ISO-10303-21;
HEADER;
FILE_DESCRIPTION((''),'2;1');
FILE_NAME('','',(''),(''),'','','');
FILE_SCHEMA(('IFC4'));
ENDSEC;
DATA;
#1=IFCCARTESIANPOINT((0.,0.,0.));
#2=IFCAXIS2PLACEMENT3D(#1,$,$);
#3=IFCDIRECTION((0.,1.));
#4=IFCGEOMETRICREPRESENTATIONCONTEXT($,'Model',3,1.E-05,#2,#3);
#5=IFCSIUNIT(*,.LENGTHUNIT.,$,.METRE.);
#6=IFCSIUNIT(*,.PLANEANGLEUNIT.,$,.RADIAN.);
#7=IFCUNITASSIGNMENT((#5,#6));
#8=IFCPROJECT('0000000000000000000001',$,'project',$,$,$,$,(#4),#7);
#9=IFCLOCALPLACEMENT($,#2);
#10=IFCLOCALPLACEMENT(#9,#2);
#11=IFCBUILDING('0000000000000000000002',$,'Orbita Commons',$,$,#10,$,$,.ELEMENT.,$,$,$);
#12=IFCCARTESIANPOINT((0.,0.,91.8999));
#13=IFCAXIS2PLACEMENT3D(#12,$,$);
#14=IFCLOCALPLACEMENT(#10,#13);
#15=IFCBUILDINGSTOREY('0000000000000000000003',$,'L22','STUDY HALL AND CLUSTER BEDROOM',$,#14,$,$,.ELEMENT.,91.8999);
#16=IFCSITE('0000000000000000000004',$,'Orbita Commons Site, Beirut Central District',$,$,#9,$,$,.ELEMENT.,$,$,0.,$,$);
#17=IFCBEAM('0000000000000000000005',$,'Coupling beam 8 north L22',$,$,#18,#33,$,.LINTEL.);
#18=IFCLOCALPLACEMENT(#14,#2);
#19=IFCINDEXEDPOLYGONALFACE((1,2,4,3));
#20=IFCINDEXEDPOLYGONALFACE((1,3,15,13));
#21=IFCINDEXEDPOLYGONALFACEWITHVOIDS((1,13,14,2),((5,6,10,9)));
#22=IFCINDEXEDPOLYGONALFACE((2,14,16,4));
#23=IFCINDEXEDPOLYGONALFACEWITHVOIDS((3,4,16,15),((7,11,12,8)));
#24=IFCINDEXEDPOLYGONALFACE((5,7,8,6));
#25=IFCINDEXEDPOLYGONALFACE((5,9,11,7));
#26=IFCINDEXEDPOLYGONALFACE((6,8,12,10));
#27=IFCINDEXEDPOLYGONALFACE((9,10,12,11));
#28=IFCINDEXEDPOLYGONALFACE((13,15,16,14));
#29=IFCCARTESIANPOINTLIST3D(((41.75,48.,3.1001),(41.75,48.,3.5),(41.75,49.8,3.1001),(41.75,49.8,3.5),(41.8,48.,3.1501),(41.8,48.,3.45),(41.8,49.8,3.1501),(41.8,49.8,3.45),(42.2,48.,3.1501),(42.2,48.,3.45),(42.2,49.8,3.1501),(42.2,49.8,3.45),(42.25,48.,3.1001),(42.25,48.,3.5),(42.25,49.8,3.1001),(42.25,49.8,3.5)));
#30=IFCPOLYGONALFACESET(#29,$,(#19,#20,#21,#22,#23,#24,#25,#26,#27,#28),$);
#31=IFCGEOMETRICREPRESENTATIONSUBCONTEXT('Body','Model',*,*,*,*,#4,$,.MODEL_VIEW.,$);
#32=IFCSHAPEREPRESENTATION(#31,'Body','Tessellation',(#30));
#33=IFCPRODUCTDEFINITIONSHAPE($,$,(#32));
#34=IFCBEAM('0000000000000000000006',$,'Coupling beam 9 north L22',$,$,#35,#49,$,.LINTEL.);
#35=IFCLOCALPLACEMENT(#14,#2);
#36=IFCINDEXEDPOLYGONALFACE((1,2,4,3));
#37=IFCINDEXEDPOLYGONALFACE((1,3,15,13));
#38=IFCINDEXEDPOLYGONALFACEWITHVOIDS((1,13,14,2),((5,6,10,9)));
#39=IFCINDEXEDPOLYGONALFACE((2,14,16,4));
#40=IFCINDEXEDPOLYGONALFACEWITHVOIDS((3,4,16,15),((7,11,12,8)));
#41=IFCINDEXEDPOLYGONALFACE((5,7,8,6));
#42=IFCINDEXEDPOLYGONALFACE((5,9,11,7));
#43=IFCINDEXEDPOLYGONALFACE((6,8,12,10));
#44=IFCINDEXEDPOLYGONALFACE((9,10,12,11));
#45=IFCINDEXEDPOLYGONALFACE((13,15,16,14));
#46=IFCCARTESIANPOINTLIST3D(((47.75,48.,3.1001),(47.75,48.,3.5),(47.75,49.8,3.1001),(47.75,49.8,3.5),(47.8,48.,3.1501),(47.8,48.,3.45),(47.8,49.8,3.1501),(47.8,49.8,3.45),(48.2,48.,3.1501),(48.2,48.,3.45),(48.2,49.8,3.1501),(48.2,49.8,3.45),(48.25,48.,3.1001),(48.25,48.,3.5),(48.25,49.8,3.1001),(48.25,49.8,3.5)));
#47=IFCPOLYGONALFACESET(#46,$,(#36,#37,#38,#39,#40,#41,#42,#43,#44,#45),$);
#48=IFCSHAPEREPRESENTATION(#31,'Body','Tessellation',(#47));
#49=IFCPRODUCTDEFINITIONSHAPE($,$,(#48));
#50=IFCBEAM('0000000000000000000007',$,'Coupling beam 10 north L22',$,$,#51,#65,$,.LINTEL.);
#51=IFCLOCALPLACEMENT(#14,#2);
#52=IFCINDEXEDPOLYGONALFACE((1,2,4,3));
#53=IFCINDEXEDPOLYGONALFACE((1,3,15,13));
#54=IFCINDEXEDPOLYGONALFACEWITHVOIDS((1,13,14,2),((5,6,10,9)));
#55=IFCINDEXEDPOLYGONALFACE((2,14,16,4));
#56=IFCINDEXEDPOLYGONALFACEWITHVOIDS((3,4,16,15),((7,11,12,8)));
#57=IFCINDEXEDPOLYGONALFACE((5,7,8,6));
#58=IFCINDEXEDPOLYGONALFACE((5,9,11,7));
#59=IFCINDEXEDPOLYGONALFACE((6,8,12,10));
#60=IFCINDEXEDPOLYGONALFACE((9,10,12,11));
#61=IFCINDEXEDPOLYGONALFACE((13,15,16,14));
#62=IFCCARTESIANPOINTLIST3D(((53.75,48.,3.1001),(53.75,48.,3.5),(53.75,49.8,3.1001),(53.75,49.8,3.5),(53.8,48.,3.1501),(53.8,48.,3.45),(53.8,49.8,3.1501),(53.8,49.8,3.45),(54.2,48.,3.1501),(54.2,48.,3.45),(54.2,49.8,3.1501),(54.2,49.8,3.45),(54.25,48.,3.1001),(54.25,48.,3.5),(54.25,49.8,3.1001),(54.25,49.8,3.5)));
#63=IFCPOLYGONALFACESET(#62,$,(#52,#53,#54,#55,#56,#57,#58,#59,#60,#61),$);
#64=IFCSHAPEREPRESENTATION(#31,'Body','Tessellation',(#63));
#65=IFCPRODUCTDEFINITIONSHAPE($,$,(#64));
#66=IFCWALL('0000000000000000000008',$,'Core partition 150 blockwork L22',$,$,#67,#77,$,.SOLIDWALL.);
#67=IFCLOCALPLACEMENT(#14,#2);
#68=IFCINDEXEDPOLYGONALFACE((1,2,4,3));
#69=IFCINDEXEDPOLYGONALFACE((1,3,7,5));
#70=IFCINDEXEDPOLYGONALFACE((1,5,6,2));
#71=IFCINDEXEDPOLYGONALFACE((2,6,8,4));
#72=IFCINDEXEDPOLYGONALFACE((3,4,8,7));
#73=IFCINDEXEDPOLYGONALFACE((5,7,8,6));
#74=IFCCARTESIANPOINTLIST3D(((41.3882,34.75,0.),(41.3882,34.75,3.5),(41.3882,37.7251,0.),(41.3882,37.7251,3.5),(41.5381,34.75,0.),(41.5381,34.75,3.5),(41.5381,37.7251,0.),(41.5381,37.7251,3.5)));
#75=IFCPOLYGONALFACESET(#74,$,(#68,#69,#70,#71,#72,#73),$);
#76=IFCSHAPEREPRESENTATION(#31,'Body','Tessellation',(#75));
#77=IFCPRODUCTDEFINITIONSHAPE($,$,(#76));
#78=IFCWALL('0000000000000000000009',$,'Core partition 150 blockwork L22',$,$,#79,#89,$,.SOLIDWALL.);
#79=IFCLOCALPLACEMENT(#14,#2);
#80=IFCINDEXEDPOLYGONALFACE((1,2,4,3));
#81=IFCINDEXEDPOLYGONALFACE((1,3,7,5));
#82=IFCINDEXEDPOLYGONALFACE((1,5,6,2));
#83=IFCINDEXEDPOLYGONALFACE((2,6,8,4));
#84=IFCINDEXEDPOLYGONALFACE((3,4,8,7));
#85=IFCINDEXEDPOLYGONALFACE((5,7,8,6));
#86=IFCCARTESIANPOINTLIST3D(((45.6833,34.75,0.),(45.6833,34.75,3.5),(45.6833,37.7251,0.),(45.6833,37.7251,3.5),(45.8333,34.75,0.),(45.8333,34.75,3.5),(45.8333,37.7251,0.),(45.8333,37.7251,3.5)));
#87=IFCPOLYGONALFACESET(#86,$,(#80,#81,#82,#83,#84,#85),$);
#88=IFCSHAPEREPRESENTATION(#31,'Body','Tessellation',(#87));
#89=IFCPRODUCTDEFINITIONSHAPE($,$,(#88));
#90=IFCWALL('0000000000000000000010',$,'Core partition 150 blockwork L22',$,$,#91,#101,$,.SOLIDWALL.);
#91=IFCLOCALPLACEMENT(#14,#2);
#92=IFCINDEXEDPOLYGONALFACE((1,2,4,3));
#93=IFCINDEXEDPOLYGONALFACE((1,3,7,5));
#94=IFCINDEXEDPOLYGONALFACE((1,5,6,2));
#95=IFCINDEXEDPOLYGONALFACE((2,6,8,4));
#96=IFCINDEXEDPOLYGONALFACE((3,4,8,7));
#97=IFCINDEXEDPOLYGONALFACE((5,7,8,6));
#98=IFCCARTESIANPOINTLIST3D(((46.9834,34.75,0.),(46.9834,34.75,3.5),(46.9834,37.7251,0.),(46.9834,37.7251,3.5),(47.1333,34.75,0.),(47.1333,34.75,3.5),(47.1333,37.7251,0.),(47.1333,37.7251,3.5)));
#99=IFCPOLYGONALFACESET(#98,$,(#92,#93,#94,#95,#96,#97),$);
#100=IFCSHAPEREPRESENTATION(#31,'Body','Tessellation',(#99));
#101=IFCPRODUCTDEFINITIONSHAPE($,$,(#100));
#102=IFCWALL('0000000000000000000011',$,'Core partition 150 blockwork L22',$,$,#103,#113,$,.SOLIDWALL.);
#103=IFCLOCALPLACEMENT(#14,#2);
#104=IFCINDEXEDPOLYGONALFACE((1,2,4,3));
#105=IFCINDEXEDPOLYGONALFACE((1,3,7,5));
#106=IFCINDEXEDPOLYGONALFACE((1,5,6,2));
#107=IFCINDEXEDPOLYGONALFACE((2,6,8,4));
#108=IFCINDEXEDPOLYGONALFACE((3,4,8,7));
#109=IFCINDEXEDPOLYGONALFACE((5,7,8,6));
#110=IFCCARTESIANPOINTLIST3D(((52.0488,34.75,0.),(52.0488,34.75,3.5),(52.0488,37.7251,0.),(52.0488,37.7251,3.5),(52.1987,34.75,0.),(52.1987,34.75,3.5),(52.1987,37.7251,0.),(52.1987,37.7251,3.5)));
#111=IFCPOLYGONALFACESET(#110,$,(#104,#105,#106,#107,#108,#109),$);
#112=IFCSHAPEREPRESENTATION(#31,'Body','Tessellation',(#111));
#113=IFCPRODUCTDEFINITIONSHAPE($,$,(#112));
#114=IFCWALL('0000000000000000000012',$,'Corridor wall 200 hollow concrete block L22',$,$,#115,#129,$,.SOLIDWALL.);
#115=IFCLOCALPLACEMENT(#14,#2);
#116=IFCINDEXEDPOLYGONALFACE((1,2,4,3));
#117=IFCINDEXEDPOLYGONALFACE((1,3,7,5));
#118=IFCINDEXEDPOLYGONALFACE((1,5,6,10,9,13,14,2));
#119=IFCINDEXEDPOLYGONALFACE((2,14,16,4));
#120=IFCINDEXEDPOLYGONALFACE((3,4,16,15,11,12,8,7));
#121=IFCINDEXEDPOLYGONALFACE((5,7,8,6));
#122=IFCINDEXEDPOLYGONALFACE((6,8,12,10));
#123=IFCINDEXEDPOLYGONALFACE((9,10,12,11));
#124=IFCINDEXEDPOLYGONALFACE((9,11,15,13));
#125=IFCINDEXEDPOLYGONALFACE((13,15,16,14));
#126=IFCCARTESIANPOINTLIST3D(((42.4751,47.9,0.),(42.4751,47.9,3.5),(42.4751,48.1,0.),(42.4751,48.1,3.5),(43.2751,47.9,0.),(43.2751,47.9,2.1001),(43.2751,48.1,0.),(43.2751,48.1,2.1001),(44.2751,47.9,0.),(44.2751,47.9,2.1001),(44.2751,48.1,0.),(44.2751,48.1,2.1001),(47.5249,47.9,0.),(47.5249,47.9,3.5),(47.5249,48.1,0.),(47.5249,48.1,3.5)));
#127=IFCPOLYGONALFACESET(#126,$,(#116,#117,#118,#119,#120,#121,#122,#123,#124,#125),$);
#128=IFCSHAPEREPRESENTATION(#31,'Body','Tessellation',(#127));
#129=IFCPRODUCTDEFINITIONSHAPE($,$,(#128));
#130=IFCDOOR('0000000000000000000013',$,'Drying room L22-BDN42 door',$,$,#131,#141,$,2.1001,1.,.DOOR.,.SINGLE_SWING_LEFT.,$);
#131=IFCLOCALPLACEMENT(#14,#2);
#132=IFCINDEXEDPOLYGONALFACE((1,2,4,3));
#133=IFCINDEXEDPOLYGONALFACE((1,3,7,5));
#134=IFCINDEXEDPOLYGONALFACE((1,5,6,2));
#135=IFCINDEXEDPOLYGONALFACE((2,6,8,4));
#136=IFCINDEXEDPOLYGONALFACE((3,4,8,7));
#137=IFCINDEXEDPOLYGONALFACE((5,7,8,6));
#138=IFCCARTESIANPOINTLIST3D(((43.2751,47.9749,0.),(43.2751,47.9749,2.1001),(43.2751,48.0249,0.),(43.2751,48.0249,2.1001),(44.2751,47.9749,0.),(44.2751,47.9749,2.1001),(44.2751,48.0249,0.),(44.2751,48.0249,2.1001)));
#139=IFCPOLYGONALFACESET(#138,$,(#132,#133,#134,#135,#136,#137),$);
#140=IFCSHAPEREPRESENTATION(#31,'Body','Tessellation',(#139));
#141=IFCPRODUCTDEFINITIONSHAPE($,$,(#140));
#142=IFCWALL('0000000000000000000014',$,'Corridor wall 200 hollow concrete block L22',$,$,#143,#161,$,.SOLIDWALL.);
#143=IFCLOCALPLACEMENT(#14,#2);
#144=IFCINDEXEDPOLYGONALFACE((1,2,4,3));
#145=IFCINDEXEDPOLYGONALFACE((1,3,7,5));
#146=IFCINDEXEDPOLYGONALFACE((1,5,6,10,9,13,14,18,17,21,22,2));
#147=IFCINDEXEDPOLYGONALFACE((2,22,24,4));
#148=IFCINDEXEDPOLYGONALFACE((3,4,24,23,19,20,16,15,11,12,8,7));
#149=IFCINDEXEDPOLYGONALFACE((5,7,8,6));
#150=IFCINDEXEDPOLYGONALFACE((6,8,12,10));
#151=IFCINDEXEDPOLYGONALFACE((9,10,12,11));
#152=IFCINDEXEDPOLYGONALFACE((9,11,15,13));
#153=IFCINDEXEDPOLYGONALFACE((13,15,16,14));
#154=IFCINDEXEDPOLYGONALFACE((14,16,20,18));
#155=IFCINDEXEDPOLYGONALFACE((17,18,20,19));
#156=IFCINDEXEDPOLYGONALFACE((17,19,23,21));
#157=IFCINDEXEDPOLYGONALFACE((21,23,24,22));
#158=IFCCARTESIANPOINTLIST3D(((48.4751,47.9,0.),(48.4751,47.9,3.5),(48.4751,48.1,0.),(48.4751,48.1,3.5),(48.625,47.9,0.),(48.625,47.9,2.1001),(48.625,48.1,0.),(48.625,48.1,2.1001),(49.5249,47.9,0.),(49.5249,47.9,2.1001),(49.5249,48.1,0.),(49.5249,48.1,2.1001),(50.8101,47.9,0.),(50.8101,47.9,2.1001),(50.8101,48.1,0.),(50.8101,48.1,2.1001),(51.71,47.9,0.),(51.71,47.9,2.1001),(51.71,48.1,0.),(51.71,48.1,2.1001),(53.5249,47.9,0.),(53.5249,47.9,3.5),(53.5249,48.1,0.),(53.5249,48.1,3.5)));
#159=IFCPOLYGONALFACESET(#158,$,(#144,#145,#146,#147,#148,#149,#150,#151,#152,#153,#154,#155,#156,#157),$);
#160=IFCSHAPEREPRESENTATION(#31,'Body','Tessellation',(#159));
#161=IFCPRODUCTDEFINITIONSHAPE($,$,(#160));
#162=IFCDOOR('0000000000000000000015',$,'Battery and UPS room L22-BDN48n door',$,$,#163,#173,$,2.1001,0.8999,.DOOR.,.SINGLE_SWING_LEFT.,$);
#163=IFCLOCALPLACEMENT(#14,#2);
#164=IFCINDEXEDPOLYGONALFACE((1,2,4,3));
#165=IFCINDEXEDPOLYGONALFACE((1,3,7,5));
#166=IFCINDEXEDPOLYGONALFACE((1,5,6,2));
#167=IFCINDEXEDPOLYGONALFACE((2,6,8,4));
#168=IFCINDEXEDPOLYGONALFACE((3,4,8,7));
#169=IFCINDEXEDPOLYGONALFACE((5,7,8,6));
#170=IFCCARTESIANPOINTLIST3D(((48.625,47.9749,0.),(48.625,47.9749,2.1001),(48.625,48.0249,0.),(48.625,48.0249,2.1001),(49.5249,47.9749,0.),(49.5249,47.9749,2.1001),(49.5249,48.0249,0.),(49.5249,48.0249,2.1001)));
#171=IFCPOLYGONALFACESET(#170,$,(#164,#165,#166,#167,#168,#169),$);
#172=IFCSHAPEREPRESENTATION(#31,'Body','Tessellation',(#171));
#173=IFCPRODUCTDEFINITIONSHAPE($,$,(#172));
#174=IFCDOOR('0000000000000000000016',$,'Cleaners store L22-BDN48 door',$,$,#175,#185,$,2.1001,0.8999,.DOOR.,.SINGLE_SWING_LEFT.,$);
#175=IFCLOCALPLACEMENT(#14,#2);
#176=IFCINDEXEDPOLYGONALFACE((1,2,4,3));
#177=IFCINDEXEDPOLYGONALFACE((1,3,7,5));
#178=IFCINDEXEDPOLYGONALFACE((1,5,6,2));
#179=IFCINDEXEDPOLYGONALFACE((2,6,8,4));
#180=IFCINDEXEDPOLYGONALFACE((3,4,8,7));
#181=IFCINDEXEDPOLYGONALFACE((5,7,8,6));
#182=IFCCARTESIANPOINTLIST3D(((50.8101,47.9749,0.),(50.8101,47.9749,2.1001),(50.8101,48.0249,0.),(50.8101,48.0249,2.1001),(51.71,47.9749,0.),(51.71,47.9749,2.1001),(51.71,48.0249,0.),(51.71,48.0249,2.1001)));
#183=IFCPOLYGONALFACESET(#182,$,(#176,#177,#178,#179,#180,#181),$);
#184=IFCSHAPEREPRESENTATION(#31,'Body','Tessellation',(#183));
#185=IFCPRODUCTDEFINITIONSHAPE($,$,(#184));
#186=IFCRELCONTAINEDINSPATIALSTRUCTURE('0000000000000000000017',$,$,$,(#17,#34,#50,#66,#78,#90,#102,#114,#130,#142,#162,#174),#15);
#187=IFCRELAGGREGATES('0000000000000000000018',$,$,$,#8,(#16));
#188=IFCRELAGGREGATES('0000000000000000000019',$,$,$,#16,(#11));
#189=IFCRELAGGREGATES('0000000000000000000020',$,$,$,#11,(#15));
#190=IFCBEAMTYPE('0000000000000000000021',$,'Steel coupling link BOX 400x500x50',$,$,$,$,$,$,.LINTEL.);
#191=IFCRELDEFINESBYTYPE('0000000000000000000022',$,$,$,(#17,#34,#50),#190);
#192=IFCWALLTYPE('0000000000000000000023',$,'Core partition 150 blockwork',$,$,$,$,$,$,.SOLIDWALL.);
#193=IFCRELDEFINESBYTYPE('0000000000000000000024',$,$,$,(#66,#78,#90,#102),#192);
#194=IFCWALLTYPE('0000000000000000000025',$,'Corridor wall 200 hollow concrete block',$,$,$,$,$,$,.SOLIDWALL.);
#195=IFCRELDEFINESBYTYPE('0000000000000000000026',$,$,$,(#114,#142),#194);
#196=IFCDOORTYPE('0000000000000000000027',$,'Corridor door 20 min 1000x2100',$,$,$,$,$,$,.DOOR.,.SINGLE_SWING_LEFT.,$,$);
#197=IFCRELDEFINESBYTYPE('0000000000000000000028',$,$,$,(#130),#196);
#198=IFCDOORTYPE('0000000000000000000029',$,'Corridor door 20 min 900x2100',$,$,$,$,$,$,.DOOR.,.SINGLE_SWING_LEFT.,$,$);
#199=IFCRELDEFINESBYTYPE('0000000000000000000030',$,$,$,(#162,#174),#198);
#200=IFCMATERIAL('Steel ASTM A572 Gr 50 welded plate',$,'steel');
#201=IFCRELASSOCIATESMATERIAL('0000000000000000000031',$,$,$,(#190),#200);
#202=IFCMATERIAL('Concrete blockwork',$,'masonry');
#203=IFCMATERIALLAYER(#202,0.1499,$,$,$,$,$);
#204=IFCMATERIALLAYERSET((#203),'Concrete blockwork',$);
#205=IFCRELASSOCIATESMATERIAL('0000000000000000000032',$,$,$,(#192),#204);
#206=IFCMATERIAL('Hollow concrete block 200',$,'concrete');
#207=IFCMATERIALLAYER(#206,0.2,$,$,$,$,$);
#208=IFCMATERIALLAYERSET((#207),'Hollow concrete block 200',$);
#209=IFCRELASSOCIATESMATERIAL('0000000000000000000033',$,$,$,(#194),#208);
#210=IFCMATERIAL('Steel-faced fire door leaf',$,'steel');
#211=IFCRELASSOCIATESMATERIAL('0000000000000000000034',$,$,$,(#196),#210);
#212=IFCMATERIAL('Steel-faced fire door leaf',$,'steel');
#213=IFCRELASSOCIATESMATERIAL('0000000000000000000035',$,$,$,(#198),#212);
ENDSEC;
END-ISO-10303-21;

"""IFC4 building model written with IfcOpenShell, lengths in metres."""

from ifc_helpers import new_model, si_unit, direction, frame, frame_2d, origin, origin_2d, place, context, subcontext, project, spatial, rectangle, hollow_rectangle, extrude, material, layer, layer_set, material_profile, profile_set, type_object, element, fill, save


model = new_model("IFC4")

# Units and contexts
model_context = context("Model", 3, precision=1e-05, world=origin(), true_north=direction((0.0, 1.0)))
body_context = subcontext(model_context, "Body", "Model", "MODEL_VIEW")
ifc_project = project(units=[si_unit("LENGTHUNIT", "METRE"), si_unit("PLANEANGLEUNIT", "RADIAN")], contexts=[model_context])

# Site, building, storey
site_placement = place(None, origin())
site = spatial("IfcSite", under=ifc_project, at=site_placement, Name="Orbita Commons Site, Beirut Central District", CompositionType="ELEMENT", RefElevation=0.0)
building_placement = place(site_placement, origin())
building = spatial("IfcBuilding", under=site, at=building_placement, Name="Orbita Commons", CompositionType="ELEMENT")
storey_placement = place(building_placement, frame((0.0, 0.0, 91.8999)))
storey = spatial("IfcBuildingStorey", under=building, at=storey_placement, Name="L22", Description="STUDY HALL AND CLUSTER BEDROOM", CompositionType="ELEMENT", Elevation=91.8999)

# Beams
ifc_material_1 = material(Name="Steel ASTM A572 Gr 50 welded plate", Category="steel")
ifc_material_profile = material_profile(ifc_material_1, hollow_rectangle(XDim=0.5, YDim=0.3999, WallThickness=0.05, at=origin_2d()), Name="BOX 400x500x50")
ifc_profile_set = profile_set([ifc_material_profile], Name="Steel ASTM A572 Gr 50 welded plate")
beam_type = type_object("IfcBeamType", Name="Steel coupling link BOX 400x500x50", PredefinedType="LINTEL", material=ifc_profile_set)
for number, where, z_axis, x_axis, name in (
    (1, (42.0, 48.0, 3.3), (0.0, 1.0, 0.0), (-1.0, 0.0, 0.0), "Coupling beam 8 north L22"),
    (2, (48.0, 48.0, 3.3), (0.0, 1.0, 0.0), (-1.0, 0.0, 0.0), "Coupling beam 9 north L22"),
    (3, (54.0, 48.0, 3.3), (0.0, 1.0, 0.0), (-1.0, 0.0, 0.0), "Coupling beam 10 north L22"),
):
    element("IfcBeam", number, at=place(storey_placement, frame(where, z_axis=z_axis, x_axis=x_axis)), inside=storey, type_object=beam_type, Name=name, PredefinedType="LINTEL", context=body_context, shape_type="SweptSolid", body=[
        extrude(hollow_rectangle(XDim=0.5, YDim=0.3999, WallThickness=0.05, at=origin_2d()), origin(), (0.0, 0.0, 1.0), 1.8),
    ])

# Walls
ifc_material_2 = material(Name="Concrete blockwork", Category="masonry")
ifc_layer_1 = layer(ifc_material_2, 0.1499)
ifc_layer_set_1 = layer_set([ifc_layer_1], Name="Concrete blockwork")
wall_type_1 = type_object("IfcWallType", Name="Core partition 150 blockwork", PredefinedType="SOLIDWALL", material=ifc_layer_set_1)
for number, where, z_axis, x_axis, name in (
    (4, (41.4631, 34.75, 0.0), (0.0, 0.0, 1.0), (0.0, 1.0, 0.0), "Core partition 150 blockwork L22"),
    (5, (45.7583, 34.75, 0.0), (0.0, 0.0, 1.0), (0.0, 1.0, 0.0), "Core partition 150 blockwork L22"),
    (6, (47.0583, 34.75, 0.0), (0.0, 0.0, 1.0), (0.0, 1.0, 0.0), "Core partition 150 blockwork L22"),
    (7, (52.1238, 34.75, 0.0), (0.0, 0.0, 1.0), (0.0, 1.0, 0.0), "Core partition 150 blockwork L22"),
):
    element("IfcWall", number, at=place(storey_placement, frame(where, z_axis=z_axis, x_axis=x_axis)), inside=storey, type_object=wall_type_1, Name=name, PredefinedType="SOLIDWALL", context=body_context, shape_type="SweptSolid", body=[
        extrude(rectangle(XDim=2.9751, YDim=0.1499, at=frame_2d((1.4875, 0.0))), origin(), (0.0, 0.0, 1.0), 3.5),
    ])

# Wall, opening, door
ifc_material_3 = material(Name="Hollow concrete block 200", Category="concrete")
ifc_layer_2 = layer(ifc_material_3, 0.2)
ifc_layer_set_2 = layer_set([ifc_layer_2], Name="Hollow concrete block 200")
wall_type_2 = type_object("IfcWallType", Name="Corridor wall 200 hollow concrete block", PredefinedType="SOLIDWALL", material=ifc_layer_set_2)
wall_1_placement = place(storey_placement, frame((42.4751, 48.0, 0.0), z_axis=(0.0, 0.0, 1.0), x_axis=(1.0, 0.0, 0.0)))
wall_1 = element("IfcWall", 8, at=wall_1_placement, inside=storey, type_object=wall_type_2, Name="Corridor wall 200 hollow concrete block L22", PredefinedType="SOLIDWALL", context=body_context, shape_type="SweptSolid", body=[
    extrude(rectangle(XDim=5.0498, YDim=0.2, at=frame_2d((2.5249, 0.0))), origin(), (0.0, 0.0, 1.0), 3.5),
])
opening_1_placement = place(wall_1_placement, frame((0.8, 0.0, 0.0)))
opening_1 = element("IfcOpeningElement", 9, at=opening_1_placement, cuts=wall_1, PredefinedType="OPENING", context=body_context, shape_type="SweptSolid", body=[
    extrude(rectangle(XDim=1.0, YDim=2.1001, at=frame_2d((0.5, 1.05))), frame((0.0, 0.1099, 0.0), z_axis=(0.0, -1.0, 0.0), x_axis=(1.0, 0.0, 0.0)), (0.0, 0.0, 1.0), 0.22),
])
ifc_material_4 = material(Name="Steel-faced fire door leaf", Category="steel")
door_type_1 = type_object("IfcDoorType", Name="Corridor door 20 min 1000x2100", OperationType="SINGLE_SWING_LEFT", PredefinedType="DOOR", material=ifc_material_4)
door_1_placement = place(opening_1_placement, origin())
door_1 = element("IfcDoor", 10, at=door_1_placement, inside=storey, type_object=door_type_1, Name="Drying room L22-BDN42 door", OperationType="SINGLE_SWING_LEFT", OverallHeight=2.1001, OverallWidth=1.0, PredefinedType="DOOR", context=body_context, shape_type="SweptSolid", body=[
    extrude(rectangle(XDim=1.0, YDim=2.1001, at=frame_2d((0.5, 1.05))), frame((0.0, 0.0249, 0.0), z_axis=(0.0, -1.0, 0.0), x_axis=(1.0, 0.0, 0.0)), (0.0, 0.0, 1.0), 0.05),
])
fill(opening_1, door_1)

# Wall, openings, doors
wall_2_placement = place(storey_placement, frame((48.4751, 48.0, 0.0), z_axis=(0.0, 0.0, 1.0), x_axis=(1.0, 0.0, 0.0)))
wall_2 = element("IfcWall", 11, at=wall_2_placement, inside=storey, type_object=wall_type_2, Name="Corridor wall 200 hollow concrete block L22", PredefinedType="SOLIDWALL", context=body_context, shape_type="SweptSolid", body=[
    extrude(rectangle(XDim=5.0498, YDim=0.2, at=frame_2d((2.5249, 0.0))), origin(), (0.0, 0.0, 1.0), 3.5),
])
opening_2_placement = place(wall_2_placement, frame((0.1499, 0.0, 0.0)))
opening_2 = element("IfcOpeningElement", 12, at=opening_2_placement, cuts=wall_2, PredefinedType="OPENING", context=body_context, shape_type="SweptSolid", body=[
    extrude(rectangle(XDim=0.8999, YDim=2.1001, at=frame_2d((0.45, 1.05))), frame((0.0, 0.1099, 0.0), z_axis=(0.0, -1.0, 0.0), x_axis=(1.0, 0.0, 0.0)), (0.0, 0.0, 1.0), 0.22),
])
opening_3_placement = place(wall_2_placement, frame((2.335, 0.0, 0.0)))
opening_3 = element("IfcOpeningElement", 13, at=opening_3_placement, cuts=wall_2, PredefinedType="OPENING", context=body_context, shape_type="SweptSolid", body=[
    extrude(rectangle(XDim=0.8999, YDim=2.1001, at=frame_2d((0.45, 1.05))), frame((0.0, 0.1099, 0.0), z_axis=(0.0, -1.0, 0.0), x_axis=(1.0, 0.0, 0.0)), (0.0, 0.0, 1.0), 0.22),
])
ifc_material_5 = material(Name="Steel-faced fire door leaf", Category="steel")
door_type_2 = type_object("IfcDoorType", Name="Corridor door 20 min 900x2100", OperationType="SINGLE_SWING_LEFT", PredefinedType="DOOR", material=ifc_material_5)
door_2_placement = place(opening_2_placement, origin())
door_2 = element("IfcDoor", 14, at=door_2_placement, inside=storey, type_object=door_type_2, Name="Battery and UPS room L22-BDN48n door", OperationType="SINGLE_SWING_LEFT", OverallHeight=2.1001, OverallWidth=0.8999, PredefinedType="DOOR", context=body_context, shape_type="SweptSolid", body=[
    extrude(rectangle(XDim=0.8999, YDim=2.1001, at=frame_2d((0.45, 1.05))), frame((0.0, 0.0249, 0.0), z_axis=(0.0, -1.0, 0.0), x_axis=(1.0, 0.0, 0.0)), (0.0, 0.0, 1.0), 0.05),
])
fill(opening_2, door_2)
door_3_placement = place(opening_3_placement, origin())
door_3 = element("IfcDoor", 15, at=door_3_placement, inside=storey, type_object=door_type_2, Name="Cleaners store L22-BDN48 door", OperationType="SINGLE_SWING_LEFT", OverallHeight=2.1001, OverallWidth=0.8999, PredefinedType="DOOR", context=body_context, shape_type="SweptSolid", body=[
    extrude(rectangle(XDim=0.8999, YDim=2.1001, at=frame_2d((0.45, 1.05))), frame((0.0, 0.0249, 0.0), z_axis=(0.0, -1.0, 0.0), x_axis=(1.0, 0.0, 0.0)), (0.0, 0.0, 1.0), 0.05),
])
fill(opening_3, door_3)

save(model, "model.ifc")
